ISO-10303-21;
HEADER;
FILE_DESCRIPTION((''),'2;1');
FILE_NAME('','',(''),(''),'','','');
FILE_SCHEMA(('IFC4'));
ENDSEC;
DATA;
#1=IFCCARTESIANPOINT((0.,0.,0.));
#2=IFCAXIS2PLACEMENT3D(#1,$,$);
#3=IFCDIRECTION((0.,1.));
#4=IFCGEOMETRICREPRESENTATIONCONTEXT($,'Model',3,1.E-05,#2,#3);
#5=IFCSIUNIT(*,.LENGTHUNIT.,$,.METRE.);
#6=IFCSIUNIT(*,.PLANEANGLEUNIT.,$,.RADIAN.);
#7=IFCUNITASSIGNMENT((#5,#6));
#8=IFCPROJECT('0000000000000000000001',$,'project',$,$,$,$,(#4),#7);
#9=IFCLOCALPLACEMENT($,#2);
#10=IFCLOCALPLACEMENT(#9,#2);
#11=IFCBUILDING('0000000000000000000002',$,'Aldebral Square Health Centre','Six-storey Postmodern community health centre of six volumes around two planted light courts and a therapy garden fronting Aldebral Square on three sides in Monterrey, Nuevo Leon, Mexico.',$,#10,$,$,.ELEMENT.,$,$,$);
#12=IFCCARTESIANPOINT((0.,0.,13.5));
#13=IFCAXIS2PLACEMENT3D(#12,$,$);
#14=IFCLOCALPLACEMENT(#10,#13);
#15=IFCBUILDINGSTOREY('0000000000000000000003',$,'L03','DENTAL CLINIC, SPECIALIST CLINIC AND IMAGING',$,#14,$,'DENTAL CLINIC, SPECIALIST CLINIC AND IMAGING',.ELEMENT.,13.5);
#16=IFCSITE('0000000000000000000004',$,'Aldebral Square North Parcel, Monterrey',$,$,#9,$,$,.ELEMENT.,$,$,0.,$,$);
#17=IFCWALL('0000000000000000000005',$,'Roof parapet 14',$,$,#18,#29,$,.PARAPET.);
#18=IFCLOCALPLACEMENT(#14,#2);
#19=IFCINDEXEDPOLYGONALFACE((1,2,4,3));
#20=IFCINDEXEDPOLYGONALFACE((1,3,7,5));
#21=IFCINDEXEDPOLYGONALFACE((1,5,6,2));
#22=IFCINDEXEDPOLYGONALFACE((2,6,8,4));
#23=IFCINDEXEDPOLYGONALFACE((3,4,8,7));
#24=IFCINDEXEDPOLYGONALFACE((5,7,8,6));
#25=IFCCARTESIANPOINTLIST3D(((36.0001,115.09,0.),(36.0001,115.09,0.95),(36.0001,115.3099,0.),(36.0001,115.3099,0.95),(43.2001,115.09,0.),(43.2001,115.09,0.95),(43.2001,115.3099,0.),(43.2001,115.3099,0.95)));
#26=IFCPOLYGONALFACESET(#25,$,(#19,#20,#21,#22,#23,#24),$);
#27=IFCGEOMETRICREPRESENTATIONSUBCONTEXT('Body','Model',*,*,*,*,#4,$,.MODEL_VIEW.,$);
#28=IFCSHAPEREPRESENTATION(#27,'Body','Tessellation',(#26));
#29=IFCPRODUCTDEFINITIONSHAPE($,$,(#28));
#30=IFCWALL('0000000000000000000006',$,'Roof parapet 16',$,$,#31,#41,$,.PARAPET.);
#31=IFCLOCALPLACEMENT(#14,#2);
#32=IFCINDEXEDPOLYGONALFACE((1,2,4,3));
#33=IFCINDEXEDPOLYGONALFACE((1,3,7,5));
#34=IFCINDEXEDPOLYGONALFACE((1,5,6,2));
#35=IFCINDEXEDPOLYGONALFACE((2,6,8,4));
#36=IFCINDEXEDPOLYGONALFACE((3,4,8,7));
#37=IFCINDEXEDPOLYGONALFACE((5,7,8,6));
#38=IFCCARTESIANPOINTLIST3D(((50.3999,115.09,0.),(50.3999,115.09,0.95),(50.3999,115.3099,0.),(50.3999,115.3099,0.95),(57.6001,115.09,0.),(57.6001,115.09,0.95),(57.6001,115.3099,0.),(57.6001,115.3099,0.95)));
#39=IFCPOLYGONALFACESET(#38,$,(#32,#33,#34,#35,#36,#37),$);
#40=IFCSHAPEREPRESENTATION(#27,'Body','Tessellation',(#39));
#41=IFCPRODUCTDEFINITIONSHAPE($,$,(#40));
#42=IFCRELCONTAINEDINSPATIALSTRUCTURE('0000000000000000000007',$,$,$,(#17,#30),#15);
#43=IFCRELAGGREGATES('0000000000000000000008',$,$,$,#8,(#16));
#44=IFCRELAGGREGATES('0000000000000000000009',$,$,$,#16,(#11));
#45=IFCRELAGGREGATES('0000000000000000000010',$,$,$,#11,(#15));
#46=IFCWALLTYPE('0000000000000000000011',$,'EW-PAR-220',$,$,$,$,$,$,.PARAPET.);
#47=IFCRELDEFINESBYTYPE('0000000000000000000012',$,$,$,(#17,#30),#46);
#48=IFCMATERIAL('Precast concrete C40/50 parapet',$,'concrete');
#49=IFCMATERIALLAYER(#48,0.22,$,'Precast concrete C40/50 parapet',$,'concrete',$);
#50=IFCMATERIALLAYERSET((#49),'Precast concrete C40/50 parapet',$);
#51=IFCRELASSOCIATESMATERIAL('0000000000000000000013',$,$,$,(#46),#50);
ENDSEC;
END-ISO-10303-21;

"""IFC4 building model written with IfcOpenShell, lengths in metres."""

from ifc_helpers import new_model, si_unit, direction, frame, frame_2d, origin, place, context, subcontext, project, spatial, rectangle, extrude, material, layer, layer_set, type_object, element, save


model = new_model("IFC4")

# Units and contexts
model_context = context("Model", 3, precision=1e-05, world=origin(), true_north=direction((0.0, 1.0)))
body_context = subcontext(model_context, "Body", "Model", "MODEL_VIEW")
ifc_project = project(units=[si_unit("LENGTHUNIT", "METRE"), si_unit("PLANEANGLEUNIT", "RADIAN")], contexts=[model_context])

# Site, building, storey
site_placement = place(None, origin())
site = spatial("IfcSite", under=ifc_project, at=site_placement, Name="Aldebral Square North Parcel, Monterrey", CompositionType="ELEMENT", RefElevation=0.0)
building_placement = place(site_placement, origin())
building = spatial("IfcBuilding", under=site, at=building_placement, Name="Aldebral Square Health Centre", Description="Six-storey Postmodern community health centre of six volumes around two planted light courts and a therapy garden fronting Aldebral Square on three sides in Monterrey, Nuevo Leon, Mexico.", CompositionType="ELEMENT")
storey_placement = place(building_placement, frame((0.0, 0.0, 13.5)))
storey = spatial("IfcBuildingStorey", under=building, at=storey_placement, Name="L03", Description="DENTAL CLINIC, SPECIALIST CLINIC AND IMAGING", LongName="DENTAL CLINIC, SPECIALIST CLINIC AND IMAGING", CompositionType="ELEMENT", Elevation=13.5)

# Walls
ifc_material_1 = material(Name="Precast concrete C40/50 parapet", Category="concrete")
ifc_layer_1 = layer(ifc_material_1, 0.22, Name="Precast concrete C40/50 parapet", Category="concrete")
ifc_layer_set_1 = layer_set([ifc_layer_1], Name="Precast concrete C40/50 parapet")
wall_type_1 = type_object("IfcWallType", Name="EW-PAR-220", PredefinedType="PARAPET", material=ifc_layer_set_1)
wall_1_placement = place(storey_placement, frame((36.0, 115.2, 0.0), z_axis=(0.0, 0.0, 1.0), x_axis=(1.0, 0.0, 0.0)))
element("IfcWall", 1, at=wall_1_placement, inside=storey, type_object=wall_type_1, Name="Roof parapet 14", PredefinedType="PARAPET", context=body_context, shape_type="SweptSolid", body=[
    extrude(rectangle(XDim=7.2, YDim=0.22, at=frame_2d((3.6001, 0.0))), origin(), (0.0, 0.0, 1.0), 0.95),
])
wall_2_placement = place(storey_placement, frame((50.3999, 115.2, 0.0), z_axis=(0.0, 0.0, 1.0), x_axis=(1.0, 0.0, 0.0)))
element("IfcWall", 2, at=wall_2_placement, inside=storey, type_object=wall_type_1, Name="Roof parapet 16", PredefinedType="PARAPET", context=body_context, shape_type="SweptSolid", body=[
    extrude(rectangle(XDim=7.2002, YDim=0.22, at=frame_2d((3.6001, 0.0))), origin(), (0.0, 0.0, 1.0), 0.95),
])

save(model, "model.ifc")
